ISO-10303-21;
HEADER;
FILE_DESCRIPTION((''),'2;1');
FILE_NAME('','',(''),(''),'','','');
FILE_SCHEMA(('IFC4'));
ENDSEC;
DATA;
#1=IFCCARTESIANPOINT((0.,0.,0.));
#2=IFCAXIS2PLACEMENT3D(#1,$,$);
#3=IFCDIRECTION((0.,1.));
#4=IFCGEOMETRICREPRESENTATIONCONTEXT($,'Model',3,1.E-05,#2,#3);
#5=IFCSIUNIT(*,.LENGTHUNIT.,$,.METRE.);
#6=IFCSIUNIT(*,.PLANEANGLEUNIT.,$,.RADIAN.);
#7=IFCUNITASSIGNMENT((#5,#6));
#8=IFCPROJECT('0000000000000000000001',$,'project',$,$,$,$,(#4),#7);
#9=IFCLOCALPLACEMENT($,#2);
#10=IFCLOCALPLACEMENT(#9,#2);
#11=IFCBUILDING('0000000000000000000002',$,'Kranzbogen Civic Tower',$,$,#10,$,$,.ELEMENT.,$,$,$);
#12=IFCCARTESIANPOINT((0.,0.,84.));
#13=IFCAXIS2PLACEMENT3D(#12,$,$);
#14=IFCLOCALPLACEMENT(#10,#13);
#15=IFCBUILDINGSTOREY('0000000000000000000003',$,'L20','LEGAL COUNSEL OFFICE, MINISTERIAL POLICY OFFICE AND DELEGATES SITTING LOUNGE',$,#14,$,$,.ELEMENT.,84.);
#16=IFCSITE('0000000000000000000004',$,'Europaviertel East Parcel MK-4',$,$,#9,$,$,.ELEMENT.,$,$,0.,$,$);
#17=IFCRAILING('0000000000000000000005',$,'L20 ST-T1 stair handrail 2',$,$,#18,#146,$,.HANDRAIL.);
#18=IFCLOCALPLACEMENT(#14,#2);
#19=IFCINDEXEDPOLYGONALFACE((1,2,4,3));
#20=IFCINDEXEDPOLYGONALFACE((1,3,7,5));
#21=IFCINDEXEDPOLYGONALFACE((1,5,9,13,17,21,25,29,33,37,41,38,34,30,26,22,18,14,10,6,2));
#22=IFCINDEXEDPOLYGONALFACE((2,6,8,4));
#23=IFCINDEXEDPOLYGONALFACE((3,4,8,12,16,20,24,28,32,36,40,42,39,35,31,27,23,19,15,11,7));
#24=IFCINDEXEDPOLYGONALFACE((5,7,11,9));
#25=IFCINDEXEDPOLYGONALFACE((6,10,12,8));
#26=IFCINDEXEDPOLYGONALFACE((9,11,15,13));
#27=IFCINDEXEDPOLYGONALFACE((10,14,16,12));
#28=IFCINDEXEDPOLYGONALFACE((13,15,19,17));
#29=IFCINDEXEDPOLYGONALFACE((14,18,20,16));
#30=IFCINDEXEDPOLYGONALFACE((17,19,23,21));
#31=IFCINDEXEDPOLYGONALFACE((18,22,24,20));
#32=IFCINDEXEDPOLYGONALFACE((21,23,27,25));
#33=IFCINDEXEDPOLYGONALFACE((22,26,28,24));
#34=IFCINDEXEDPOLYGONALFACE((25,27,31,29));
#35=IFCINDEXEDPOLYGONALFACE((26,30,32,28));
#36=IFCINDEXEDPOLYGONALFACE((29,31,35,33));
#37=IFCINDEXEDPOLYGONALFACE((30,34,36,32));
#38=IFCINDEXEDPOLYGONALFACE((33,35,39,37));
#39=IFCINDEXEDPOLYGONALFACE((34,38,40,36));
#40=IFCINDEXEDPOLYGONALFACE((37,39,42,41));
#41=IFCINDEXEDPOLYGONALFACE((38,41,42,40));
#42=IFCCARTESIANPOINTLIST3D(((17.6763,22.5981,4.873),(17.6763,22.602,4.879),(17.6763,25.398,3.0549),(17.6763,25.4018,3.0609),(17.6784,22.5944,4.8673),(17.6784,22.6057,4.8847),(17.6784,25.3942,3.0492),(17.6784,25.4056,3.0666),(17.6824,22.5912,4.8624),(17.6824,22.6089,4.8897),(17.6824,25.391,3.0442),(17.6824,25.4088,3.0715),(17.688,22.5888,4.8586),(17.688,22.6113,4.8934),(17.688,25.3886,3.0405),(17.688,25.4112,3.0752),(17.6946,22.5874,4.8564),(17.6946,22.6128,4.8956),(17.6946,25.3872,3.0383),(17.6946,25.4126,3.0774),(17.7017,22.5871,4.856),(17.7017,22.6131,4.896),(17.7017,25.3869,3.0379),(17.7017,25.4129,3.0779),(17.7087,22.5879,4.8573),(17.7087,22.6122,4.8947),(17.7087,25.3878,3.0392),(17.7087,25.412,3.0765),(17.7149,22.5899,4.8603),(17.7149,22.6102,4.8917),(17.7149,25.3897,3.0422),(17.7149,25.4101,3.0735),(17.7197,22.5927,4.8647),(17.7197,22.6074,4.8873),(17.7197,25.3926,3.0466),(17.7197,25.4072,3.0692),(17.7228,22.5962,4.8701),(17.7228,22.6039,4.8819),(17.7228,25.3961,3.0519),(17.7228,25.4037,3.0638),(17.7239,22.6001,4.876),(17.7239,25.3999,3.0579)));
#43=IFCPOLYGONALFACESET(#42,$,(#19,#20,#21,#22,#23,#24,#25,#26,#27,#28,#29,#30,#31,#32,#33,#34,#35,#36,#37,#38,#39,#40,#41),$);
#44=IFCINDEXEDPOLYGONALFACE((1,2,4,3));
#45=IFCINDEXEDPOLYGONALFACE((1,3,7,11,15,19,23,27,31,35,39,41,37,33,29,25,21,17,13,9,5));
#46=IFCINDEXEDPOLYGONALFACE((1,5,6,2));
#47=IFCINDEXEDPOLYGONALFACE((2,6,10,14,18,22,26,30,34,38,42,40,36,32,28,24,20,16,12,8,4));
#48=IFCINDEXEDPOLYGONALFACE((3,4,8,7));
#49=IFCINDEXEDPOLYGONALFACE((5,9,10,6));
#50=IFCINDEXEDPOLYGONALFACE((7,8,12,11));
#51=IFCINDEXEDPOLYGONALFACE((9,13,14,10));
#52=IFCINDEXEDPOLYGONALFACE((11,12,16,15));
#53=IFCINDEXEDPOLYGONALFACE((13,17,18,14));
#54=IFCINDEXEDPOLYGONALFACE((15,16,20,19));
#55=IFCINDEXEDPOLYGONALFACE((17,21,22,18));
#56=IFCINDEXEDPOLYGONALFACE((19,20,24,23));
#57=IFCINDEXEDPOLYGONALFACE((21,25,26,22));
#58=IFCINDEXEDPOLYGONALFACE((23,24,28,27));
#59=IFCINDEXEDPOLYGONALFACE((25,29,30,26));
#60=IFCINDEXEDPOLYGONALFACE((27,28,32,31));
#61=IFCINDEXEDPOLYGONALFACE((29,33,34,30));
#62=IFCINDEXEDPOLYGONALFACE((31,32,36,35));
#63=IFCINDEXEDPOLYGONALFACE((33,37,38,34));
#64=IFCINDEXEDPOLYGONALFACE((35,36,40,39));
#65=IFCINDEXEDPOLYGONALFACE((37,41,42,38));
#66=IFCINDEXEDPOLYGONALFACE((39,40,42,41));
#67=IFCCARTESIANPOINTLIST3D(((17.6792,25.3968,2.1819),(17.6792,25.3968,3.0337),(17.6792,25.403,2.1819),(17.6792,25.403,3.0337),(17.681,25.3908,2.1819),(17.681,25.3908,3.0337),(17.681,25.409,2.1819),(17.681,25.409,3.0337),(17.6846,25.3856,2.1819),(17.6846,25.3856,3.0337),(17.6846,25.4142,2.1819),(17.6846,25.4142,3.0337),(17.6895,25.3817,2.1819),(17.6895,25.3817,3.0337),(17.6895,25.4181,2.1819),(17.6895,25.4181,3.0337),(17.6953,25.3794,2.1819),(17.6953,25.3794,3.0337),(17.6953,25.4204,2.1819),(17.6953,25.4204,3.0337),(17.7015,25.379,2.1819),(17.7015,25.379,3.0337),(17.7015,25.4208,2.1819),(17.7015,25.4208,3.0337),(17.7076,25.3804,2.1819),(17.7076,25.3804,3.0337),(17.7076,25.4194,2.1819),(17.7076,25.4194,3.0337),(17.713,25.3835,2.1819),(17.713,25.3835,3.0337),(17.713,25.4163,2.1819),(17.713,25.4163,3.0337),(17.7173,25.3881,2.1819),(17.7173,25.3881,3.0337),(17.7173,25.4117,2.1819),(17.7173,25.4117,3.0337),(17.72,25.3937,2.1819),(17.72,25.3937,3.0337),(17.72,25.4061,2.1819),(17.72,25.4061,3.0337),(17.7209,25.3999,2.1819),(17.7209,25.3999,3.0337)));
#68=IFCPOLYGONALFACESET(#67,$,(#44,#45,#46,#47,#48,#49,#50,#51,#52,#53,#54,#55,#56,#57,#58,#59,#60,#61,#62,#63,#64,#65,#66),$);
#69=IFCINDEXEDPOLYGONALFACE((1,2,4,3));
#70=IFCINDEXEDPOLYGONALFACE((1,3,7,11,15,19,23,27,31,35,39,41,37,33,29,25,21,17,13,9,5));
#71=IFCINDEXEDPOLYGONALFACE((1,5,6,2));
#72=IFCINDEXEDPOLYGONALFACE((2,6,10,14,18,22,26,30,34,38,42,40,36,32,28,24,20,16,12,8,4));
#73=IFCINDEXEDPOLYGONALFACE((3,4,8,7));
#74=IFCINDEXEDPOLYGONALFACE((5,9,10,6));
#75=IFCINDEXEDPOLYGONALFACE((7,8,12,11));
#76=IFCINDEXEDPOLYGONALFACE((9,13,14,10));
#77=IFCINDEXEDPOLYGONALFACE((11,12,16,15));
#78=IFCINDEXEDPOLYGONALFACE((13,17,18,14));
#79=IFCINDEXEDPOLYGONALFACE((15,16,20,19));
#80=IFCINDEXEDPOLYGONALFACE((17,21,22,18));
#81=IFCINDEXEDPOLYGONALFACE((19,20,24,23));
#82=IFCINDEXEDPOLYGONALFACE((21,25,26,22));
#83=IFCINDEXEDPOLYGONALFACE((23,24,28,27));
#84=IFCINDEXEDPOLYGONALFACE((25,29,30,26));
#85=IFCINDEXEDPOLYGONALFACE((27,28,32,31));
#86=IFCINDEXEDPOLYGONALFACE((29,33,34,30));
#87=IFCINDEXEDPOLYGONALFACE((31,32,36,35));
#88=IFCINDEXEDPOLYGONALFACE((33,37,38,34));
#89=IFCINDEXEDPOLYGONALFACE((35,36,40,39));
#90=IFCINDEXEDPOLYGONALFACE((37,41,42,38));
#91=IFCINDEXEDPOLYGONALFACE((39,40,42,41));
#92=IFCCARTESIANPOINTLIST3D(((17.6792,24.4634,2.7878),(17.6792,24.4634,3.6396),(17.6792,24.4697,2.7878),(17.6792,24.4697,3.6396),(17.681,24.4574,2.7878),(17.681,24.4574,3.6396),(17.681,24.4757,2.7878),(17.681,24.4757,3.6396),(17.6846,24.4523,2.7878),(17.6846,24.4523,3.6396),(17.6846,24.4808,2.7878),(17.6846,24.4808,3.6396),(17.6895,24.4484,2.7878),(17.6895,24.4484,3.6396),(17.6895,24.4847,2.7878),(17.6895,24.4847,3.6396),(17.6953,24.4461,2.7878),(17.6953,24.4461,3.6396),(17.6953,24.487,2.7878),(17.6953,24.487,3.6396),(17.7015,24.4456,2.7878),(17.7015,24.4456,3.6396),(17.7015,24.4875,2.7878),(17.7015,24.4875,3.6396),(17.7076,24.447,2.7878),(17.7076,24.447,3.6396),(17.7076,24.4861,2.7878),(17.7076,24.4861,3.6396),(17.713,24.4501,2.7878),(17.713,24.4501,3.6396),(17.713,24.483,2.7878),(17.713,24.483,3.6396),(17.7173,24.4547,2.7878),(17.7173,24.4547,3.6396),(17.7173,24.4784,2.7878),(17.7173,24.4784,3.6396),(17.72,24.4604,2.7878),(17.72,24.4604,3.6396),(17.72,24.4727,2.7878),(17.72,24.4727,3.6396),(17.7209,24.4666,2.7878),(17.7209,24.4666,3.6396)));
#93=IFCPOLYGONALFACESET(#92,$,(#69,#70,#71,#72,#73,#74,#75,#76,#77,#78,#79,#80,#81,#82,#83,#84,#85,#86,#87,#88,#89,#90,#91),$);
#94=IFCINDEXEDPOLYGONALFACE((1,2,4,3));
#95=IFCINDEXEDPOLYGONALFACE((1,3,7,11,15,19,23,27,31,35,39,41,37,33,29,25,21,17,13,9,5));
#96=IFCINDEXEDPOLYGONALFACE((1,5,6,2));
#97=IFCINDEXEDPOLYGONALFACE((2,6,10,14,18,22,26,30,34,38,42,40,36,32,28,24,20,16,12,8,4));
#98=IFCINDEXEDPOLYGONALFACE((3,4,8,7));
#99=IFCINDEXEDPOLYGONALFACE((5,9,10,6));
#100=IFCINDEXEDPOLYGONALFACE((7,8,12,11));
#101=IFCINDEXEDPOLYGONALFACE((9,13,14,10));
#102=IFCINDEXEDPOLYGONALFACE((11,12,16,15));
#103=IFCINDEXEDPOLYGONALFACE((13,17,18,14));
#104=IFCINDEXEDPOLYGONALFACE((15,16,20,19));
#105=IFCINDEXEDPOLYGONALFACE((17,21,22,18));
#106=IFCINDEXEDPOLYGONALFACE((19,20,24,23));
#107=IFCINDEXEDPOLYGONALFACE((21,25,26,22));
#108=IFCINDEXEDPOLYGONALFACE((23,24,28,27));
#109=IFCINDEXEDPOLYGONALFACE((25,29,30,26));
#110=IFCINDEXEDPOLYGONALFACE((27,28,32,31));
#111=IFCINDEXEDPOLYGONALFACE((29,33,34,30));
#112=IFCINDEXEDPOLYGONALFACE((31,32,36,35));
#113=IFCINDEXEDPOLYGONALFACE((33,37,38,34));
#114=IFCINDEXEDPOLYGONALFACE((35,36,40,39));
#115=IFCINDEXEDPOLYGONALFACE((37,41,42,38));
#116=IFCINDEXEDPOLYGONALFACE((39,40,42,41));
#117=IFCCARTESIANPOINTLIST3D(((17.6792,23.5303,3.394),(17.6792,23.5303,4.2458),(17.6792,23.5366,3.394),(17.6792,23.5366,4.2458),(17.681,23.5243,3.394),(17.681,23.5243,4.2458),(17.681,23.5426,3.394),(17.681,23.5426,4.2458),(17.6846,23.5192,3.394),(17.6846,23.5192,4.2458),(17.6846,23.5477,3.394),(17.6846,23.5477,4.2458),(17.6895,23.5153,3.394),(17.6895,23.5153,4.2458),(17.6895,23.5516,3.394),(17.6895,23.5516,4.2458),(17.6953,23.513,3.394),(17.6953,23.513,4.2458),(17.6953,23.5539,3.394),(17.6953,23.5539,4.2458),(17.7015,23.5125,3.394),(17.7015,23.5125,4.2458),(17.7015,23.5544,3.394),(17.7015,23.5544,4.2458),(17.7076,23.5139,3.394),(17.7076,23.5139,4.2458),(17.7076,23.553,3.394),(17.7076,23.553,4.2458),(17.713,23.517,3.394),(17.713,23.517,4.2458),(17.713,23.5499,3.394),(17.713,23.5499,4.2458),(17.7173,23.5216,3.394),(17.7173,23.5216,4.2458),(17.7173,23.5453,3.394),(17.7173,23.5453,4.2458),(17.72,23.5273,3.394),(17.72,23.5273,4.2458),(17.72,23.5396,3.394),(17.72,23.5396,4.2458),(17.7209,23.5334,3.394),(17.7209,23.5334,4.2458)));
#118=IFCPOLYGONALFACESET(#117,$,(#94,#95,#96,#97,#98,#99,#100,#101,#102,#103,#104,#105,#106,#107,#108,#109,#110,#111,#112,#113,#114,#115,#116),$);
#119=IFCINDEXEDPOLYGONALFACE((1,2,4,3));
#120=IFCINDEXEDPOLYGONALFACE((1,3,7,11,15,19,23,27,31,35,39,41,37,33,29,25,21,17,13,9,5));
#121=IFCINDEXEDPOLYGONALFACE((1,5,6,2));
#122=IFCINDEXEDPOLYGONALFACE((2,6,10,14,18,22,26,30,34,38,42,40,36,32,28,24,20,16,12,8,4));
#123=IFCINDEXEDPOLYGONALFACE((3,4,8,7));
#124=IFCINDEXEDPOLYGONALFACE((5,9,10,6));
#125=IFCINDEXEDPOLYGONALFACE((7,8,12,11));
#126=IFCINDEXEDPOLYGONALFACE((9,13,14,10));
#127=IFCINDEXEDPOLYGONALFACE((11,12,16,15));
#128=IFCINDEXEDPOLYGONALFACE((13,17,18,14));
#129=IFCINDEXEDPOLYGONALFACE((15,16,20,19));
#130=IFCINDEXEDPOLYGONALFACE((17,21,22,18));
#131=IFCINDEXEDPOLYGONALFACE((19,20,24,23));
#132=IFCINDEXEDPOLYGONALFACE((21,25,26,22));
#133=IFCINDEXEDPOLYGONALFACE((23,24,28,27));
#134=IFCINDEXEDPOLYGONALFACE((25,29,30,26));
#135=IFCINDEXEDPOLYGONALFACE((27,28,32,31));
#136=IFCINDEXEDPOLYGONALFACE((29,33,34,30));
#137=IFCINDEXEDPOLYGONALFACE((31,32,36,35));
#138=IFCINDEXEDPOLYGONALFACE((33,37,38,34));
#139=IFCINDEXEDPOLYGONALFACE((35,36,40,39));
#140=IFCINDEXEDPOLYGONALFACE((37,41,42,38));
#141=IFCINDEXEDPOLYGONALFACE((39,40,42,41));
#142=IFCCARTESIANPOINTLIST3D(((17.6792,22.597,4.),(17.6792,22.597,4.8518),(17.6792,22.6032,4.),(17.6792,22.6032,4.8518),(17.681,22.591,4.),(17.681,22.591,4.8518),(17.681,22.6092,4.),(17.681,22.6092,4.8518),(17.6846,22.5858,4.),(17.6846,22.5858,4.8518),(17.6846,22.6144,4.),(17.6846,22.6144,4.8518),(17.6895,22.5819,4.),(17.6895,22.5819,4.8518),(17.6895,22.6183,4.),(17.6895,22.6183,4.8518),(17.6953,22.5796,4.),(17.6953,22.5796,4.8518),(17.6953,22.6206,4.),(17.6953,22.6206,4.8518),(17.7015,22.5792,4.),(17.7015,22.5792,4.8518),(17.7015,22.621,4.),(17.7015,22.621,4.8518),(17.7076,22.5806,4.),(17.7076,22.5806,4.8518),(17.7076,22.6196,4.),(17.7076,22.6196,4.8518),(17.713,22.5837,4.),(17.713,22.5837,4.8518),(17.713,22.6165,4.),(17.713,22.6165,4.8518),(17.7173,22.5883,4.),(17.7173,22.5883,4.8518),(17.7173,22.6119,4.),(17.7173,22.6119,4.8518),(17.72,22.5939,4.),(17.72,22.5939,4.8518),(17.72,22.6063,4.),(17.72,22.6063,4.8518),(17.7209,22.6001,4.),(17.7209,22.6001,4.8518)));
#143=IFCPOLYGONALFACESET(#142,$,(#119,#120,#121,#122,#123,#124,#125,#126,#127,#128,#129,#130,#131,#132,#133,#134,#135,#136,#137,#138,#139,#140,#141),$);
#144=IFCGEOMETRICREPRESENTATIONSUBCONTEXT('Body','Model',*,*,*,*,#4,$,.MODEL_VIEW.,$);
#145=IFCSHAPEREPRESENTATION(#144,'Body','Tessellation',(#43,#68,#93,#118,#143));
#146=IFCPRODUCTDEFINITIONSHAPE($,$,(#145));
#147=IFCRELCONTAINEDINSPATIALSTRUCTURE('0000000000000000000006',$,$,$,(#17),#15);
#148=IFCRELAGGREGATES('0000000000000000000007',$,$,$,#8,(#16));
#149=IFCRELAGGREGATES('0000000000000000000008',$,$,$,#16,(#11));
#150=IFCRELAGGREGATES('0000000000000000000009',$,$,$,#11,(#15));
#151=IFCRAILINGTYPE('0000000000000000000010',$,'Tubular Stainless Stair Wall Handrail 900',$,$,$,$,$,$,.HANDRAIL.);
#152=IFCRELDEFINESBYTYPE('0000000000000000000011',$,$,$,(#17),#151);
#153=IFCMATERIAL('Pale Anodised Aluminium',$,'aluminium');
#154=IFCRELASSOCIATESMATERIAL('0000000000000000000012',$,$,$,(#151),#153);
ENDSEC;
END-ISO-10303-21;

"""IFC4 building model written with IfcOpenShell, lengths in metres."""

from ifc_helpers import new_model, si_unit, direction, frame, origin, origin_2d, place, context, subcontext, project, spatial, circle, extrude, material, type_object, element, save


model = new_model("IFC4")

# Units and contexts
model_context = context("Model", 3, precision=1e-05, world=origin(), true_north=direction((0.0, 1.0)))
body_context = subcontext(model_context, "Body", "Model", "MODEL_VIEW")
ifc_project = project(units=[si_unit("LENGTHUNIT", "METRE"), si_unit("PLANEANGLEUNIT", "RADIAN")], contexts=[model_context])

# Site, building, storey
site_placement = place(None, origin())
site = spatial("IfcSite", under=ifc_project, at=site_placement, Name="Europaviertel East Parcel MK-4", CompositionType="ELEMENT", RefElevation=0.0)
building_placement = place(site_placement, origin())
building = spatial("IfcBuilding", under=site, at=building_placement, Name="Kranzbogen Civic Tower", CompositionType="ELEMENT")
storey_placement = place(building_placement, frame((0.0, 0.0, 84.0)))
storey = spatial("IfcBuildingStorey", under=building, at=storey_placement, Name="L20", Description="LEGAL COUNSEL OFFICE, MINISTERIAL POLICY OFFICE AND DELEGATES SITTING LOUNGE", CompositionType="ELEMENT", Elevation=84.0)

# Railing
ifc_material_1 = material(Name="Pale Anodised Aluminium", Category="aluminium")
railing_type_1 = type_object("IfcRailingType", Name="Tubular Stainless Stair Wall Handrail 900", PredefinedType="HANDRAIL", material=ifc_material_1)
railing_1_placement = place(storey_placement, frame((17.7, 25.3999, 2.1819)))
element("IfcRailing", 1, at=railing_1_placement, inside=storey, type_object=railing_type_1, Name="L20 ST-T1 stair handrail 2", PredefinedType="HANDRAIL", context=body_context, shape_type="SweptSolid", body=[
    extrude(circle(Radius=0.0239, at=origin_2d()), frame((0.0, 0.0, 0.876), z_axis=(0.0, -0.838684, 0.544618), x_axis=(1.0, 0.0, 0.0)), (0.0, 0.0, 1.0), 3.3384),
    extrude(circle(Radius=0.021, at=origin_2d()), origin(), (0.0, 0.0, 1.0), 0.8518),
    extrude(circle(Radius=0.021, at=origin_2d()), frame((0.0, -0.9333, 0.606)), (0.0, 0.0, 1.0), 0.8518),
    extrude(circle(Radius=0.021, at=origin_2d()), frame((0.0, -1.8665, 1.2122)), (0.0, 0.0, 1.0), 0.8518),
    extrude(circle(Radius=0.021, at=origin_2d()), frame((0.0, -2.7998, 1.8181)), (0.0, 0.0, 1.0), 0.8518),
])

save(model, "model.ifc")
